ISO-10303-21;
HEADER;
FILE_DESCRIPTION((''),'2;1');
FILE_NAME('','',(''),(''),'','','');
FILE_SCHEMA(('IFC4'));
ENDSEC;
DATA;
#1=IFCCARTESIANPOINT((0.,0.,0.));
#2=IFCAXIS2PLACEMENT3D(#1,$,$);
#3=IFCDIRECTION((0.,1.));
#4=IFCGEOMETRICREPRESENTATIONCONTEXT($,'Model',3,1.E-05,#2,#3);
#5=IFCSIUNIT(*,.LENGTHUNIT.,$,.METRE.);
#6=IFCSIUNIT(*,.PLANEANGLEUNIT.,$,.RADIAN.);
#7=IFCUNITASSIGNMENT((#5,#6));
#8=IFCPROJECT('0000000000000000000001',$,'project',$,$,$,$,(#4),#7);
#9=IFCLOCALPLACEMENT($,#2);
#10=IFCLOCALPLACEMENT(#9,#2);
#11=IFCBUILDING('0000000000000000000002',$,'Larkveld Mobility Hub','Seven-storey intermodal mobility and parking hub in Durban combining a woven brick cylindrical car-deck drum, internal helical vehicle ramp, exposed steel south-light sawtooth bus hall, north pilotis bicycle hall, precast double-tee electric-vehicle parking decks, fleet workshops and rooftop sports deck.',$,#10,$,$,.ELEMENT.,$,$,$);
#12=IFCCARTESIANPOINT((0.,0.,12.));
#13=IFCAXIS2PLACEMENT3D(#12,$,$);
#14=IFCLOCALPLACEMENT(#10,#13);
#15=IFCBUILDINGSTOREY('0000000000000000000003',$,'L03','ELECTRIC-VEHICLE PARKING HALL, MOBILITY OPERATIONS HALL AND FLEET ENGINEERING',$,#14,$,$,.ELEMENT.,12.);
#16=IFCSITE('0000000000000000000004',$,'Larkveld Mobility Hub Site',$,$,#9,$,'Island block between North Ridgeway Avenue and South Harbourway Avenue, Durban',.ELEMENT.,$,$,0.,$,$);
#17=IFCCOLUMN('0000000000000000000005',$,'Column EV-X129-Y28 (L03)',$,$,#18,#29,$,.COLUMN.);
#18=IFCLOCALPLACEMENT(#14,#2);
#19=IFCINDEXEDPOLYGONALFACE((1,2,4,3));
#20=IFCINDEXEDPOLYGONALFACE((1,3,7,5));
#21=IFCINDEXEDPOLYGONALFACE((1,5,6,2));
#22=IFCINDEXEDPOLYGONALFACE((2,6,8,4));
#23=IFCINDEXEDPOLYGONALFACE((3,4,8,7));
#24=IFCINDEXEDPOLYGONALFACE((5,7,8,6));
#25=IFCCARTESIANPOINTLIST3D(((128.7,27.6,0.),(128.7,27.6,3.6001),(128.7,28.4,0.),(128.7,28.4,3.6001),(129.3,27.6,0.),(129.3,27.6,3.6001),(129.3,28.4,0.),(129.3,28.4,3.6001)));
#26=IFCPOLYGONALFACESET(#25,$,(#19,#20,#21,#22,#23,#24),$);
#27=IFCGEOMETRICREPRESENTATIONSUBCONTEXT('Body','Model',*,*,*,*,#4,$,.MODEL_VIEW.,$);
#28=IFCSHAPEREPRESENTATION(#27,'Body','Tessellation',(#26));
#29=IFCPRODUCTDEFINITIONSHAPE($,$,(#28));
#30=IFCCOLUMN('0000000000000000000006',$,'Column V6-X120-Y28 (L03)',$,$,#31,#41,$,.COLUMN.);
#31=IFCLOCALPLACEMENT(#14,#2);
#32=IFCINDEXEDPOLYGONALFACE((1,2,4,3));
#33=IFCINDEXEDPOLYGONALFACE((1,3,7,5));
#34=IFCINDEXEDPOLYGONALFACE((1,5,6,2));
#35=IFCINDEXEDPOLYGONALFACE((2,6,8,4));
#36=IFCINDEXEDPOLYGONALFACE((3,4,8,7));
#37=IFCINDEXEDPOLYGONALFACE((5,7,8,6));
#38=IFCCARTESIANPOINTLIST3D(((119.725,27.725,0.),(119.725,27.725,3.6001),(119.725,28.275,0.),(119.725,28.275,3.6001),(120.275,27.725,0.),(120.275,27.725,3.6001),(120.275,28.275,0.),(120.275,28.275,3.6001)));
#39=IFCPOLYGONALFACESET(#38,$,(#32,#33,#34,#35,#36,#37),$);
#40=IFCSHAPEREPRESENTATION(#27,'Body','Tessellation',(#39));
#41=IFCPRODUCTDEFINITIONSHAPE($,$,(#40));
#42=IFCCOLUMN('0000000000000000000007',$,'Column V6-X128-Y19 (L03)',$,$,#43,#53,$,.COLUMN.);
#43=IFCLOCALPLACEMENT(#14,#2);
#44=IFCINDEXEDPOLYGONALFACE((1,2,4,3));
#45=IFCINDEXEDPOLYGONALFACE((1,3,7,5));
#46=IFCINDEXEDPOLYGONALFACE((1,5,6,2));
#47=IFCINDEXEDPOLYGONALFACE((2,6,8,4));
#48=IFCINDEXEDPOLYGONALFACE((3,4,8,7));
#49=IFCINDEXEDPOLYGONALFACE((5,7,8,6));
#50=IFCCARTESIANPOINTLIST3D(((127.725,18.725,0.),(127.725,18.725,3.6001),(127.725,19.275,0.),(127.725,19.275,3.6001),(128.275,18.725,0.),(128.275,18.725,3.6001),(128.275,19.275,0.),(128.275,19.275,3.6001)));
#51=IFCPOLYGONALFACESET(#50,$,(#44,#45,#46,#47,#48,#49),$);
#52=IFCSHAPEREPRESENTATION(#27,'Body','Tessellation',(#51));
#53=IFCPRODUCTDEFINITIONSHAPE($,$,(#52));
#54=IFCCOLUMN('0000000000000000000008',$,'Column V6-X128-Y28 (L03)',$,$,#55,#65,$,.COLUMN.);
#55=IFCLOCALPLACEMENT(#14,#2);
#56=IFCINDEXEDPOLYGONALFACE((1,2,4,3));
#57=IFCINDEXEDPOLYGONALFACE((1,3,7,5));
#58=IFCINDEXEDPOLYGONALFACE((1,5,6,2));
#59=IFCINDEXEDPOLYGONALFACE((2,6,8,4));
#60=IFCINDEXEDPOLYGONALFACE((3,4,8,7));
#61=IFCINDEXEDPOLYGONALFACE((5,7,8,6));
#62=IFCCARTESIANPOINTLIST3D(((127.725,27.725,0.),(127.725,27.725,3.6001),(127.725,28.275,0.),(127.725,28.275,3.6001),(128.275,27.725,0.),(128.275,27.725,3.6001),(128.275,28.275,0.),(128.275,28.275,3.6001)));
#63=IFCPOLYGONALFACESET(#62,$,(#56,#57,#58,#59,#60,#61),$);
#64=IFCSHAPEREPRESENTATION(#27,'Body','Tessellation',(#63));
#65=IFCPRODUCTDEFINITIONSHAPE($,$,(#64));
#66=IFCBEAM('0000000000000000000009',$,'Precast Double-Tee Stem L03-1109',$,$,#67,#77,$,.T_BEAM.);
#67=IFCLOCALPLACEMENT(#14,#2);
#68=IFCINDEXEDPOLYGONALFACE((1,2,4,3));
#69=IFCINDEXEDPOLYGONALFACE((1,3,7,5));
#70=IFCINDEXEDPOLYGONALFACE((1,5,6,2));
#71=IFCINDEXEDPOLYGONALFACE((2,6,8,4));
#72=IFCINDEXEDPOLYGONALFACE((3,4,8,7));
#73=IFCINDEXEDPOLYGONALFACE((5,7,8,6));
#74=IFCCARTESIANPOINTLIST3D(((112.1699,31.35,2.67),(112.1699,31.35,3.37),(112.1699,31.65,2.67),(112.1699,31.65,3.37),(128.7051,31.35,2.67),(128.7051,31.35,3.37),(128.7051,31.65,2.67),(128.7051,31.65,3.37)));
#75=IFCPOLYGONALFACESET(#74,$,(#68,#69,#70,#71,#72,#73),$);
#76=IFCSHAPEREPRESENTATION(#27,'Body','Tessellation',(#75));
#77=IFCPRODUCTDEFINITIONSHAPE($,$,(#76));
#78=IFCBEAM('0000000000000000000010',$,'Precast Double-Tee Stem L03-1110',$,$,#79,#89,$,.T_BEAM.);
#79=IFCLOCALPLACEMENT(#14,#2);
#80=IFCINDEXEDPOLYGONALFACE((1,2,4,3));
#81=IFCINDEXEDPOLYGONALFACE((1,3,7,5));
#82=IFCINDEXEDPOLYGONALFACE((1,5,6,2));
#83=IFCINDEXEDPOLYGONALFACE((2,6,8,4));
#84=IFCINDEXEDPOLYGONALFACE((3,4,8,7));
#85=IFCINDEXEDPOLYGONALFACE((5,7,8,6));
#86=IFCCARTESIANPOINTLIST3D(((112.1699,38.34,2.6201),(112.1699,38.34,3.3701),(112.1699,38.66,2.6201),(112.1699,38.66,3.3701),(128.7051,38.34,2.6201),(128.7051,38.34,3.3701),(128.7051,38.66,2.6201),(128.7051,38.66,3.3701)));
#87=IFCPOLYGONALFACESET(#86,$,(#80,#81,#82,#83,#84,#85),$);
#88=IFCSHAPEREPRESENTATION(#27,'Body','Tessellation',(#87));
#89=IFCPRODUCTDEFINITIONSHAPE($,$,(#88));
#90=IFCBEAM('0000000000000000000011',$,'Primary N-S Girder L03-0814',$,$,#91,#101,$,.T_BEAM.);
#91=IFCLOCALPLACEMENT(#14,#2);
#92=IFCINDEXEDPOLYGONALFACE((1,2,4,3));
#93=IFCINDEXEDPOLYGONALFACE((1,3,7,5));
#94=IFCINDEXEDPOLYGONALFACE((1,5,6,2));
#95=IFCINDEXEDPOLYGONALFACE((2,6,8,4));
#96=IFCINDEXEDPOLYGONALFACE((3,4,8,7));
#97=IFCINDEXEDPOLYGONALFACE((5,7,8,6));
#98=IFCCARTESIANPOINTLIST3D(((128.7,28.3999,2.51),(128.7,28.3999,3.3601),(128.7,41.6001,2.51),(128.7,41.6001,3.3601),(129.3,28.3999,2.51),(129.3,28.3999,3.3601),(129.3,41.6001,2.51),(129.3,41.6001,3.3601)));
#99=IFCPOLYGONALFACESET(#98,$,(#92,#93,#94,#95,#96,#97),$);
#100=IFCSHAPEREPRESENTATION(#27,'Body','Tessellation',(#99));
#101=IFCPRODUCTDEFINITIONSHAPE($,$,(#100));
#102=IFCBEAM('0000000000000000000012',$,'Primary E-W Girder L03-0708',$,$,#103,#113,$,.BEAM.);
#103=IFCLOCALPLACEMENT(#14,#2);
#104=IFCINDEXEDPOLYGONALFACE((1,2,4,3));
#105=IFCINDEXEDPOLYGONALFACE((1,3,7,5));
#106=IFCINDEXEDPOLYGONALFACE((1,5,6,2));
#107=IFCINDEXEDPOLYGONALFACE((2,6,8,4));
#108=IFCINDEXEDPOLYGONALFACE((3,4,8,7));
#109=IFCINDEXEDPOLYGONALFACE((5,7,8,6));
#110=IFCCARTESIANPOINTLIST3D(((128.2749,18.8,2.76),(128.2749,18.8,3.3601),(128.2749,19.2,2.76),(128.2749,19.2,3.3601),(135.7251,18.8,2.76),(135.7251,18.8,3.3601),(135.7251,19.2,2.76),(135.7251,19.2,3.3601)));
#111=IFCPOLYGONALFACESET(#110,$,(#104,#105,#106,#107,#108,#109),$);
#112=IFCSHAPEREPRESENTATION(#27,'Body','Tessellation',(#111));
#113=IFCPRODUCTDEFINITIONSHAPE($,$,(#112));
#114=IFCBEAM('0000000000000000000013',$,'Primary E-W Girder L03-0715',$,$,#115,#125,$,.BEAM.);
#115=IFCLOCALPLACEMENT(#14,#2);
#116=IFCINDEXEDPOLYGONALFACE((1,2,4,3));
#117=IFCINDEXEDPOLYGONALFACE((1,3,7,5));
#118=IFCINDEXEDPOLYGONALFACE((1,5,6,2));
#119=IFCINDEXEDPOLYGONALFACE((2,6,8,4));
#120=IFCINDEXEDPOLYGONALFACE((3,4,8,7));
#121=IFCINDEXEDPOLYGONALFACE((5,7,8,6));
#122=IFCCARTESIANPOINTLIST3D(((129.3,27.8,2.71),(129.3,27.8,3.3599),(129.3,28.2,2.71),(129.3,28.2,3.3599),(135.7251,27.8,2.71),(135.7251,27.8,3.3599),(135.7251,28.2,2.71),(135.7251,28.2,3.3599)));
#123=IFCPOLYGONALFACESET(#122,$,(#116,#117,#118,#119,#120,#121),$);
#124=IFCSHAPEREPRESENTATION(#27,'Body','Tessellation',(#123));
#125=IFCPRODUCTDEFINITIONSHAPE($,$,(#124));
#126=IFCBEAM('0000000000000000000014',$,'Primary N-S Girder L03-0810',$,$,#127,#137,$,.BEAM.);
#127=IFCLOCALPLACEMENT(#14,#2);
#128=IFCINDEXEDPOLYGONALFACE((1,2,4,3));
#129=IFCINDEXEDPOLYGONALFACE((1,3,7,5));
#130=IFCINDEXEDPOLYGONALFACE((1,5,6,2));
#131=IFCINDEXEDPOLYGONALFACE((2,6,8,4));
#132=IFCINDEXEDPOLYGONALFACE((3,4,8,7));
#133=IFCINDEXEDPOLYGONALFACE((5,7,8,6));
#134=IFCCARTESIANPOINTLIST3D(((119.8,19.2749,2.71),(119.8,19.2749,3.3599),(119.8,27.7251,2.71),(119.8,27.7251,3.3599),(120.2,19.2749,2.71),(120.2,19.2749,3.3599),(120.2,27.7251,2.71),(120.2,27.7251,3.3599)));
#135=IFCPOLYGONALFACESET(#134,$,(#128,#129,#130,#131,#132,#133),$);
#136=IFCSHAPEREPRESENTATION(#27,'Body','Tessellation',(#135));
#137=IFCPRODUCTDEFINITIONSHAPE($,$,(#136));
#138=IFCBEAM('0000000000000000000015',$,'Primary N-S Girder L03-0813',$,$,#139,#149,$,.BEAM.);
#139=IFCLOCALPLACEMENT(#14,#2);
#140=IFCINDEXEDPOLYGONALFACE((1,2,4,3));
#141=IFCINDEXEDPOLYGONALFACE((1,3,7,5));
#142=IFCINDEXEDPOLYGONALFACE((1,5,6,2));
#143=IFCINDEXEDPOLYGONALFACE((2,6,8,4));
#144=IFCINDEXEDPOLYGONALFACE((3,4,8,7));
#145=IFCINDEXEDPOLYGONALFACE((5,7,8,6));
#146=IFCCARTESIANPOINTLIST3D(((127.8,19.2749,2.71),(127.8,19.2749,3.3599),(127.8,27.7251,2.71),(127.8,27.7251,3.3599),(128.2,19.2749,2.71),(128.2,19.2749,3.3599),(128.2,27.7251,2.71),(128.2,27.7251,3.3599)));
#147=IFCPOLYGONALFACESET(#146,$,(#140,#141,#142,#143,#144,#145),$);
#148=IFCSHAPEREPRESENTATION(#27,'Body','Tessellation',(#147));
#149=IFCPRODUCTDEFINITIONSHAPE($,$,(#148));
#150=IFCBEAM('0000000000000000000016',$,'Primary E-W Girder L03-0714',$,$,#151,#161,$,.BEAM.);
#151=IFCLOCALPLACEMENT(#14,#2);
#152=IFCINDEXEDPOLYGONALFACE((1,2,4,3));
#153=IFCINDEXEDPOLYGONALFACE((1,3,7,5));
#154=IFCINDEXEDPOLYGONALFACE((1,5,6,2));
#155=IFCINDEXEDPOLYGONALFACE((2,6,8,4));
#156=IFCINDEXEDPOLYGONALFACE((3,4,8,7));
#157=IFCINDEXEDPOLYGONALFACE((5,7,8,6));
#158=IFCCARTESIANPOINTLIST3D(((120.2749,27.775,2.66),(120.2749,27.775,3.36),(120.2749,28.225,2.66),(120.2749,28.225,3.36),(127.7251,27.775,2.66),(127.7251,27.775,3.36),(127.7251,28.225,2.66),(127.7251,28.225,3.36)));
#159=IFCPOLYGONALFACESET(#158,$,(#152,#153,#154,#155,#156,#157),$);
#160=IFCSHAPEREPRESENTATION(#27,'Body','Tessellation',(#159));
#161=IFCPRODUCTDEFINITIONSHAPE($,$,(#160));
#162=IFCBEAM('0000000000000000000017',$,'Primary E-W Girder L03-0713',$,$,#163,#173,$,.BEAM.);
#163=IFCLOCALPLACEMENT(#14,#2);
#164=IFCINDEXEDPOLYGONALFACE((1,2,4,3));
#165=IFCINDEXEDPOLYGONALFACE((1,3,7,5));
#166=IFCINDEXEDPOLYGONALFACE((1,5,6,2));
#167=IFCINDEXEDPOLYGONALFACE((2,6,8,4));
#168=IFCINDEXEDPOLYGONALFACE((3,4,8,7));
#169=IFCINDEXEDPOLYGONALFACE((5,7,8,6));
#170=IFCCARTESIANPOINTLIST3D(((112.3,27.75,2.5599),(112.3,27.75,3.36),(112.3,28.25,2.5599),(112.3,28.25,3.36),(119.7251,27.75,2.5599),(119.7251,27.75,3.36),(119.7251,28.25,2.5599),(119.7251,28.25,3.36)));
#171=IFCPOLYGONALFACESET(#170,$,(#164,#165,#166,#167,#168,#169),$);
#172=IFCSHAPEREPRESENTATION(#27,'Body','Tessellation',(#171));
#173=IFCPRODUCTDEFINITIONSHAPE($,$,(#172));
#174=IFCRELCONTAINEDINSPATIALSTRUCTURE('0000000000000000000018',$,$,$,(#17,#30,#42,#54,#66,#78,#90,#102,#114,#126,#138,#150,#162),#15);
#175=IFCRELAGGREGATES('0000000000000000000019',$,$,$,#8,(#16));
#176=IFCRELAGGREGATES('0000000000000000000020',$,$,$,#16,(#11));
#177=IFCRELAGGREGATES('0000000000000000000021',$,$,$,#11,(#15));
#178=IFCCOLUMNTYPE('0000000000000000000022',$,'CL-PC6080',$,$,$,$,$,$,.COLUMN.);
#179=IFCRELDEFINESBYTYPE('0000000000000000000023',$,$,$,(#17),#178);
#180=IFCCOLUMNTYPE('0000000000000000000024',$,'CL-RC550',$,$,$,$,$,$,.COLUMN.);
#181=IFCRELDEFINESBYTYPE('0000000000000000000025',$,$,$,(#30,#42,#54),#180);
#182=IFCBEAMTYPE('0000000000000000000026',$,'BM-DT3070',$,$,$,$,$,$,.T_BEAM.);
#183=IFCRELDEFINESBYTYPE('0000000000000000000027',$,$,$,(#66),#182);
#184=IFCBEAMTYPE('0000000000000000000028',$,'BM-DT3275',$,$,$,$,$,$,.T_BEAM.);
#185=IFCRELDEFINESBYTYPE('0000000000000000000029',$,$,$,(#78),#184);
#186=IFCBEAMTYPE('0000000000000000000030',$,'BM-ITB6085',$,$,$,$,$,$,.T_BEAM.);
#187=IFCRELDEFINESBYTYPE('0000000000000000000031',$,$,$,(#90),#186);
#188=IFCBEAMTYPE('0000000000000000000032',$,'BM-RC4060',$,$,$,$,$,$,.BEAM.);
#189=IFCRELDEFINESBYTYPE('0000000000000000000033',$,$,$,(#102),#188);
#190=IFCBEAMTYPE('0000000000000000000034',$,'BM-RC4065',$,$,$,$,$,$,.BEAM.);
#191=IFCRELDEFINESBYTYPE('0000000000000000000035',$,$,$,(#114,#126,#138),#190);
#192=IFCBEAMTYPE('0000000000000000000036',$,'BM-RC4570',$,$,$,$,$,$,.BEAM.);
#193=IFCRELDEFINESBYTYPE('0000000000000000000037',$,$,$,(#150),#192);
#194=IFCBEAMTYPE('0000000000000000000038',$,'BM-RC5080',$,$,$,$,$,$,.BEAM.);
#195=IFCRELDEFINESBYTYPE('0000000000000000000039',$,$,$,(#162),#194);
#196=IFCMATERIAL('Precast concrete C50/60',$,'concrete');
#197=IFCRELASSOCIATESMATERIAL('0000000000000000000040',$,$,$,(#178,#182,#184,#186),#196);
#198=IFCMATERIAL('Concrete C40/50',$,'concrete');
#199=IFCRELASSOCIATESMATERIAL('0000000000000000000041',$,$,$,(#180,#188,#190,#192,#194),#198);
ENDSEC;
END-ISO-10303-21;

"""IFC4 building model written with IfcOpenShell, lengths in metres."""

from ifc_helpers import new_model, si_unit, direction, frame, origin, origin_2d, place, context, subcontext, project, spatial, rectangle, extrude, material, material_profile, profile_set, type_object, element, save


model = new_model("IFC4")

# Units and contexts
model_context = context("Model", 3, precision=1e-05, world=origin(), true_north=direction((0.0, 1.0)))
body_context = subcontext(model_context, "Body", "Model", "MODEL_VIEW")
ifc_project = project(units=[si_unit("LENGTHUNIT", "METRE"), si_unit("PLANEANGLEUNIT", "RADIAN")], contexts=[model_context])

# Site, building, storey
site_placement = place(None, origin())
site = spatial("IfcSite", under=ifc_project, at=site_placement, Name="Larkveld Mobility Hub Site", LongName="Island block between North Ridgeway Avenue and South Harbourway Avenue, Durban", CompositionType="ELEMENT", RefElevation=0.0)
building_placement = place(site_placement, origin())
building = spatial("IfcBuilding", under=site, at=building_placement, Name="Larkveld Mobility Hub", Description="Seven-storey intermodal mobility and parking hub in Durban combining a woven brick cylindrical car-deck drum, internal helical vehicle ramp, exposed steel south-light sawtooth bus hall, north pilotis bicycle hall, precast double-tee electric-vehicle parking decks, fleet workshops and rooftop sports deck.", CompositionType="ELEMENT")
storey_placement = place(building_placement, frame((0.0, 0.0, 12.0)))
storey = spatial("IfcBuildingStorey", under=building, at=storey_placement, Name="L03", Description="ELECTRIC-VEHICLE PARKING HALL, MOBILITY OPERATIONS HALL AND FLEET ENGINEERING", CompositionType="ELEMENT", Elevation=12.0)

# Columns
ifc_material_1 = material(Name="Precast concrete C50/60", Category="concrete")
ifc_material_profile_1 = material_profile(ifc_material_1, rectangle(XDim=0.6001, YDim=0.8, at=origin_2d()), Name="RC COL 600x800")
ifc_profile_set_1 = profile_set([ifc_material_profile_1], Name="Precast concrete C50/60")
column_type_1 = type_object("IfcColumnType", Name="CL-PC6080", PredefinedType="COLUMN", material=ifc_profile_set_1)
column_placement = place(storey_placement, frame((129.0, 28.0, 0.0), z_axis=(0.0, 0.0, 1.0), x_axis=(1.0, 0.0, 0.0)))
element("IfcColumn", 1, at=column_placement, inside=storey, type_object=column_type_1, Name="Column EV-X129-Y28 (L03)", PredefinedType="COLUMN", context=body_context, shape_type="SweptSolid", body=[
    extrude(rectangle(XDim=0.6001, YDim=0.8, at=origin_2d()), origin(), (0.0, 0.0, 1.0), 3.6001),
])
ifc_material_2 = material(Name="Concrete C40/50", Category="concrete")
ifc_material_profile_2 = material_profile(ifc_material_2, rectangle(XDim=0.55, YDim=0.55, at=origin_2d()), Name="RC COL 550x550")
ifc_profile_set_2 = profile_set([ifc_material_profile_2], Name="Concrete C40/50")
column_type_2 = type_object("IfcColumnType", Name="CL-RC550", PredefinedType="COLUMN", material=ifc_profile_set_2)
for number, where, z_axis, x_axis, name in (
    (2, (120.0, 28.0, 0.0), (0.0, 0.0, 1.0), (1.0, 0.0, 0.0), "Column V6-X120-Y28 (L03)"),
    (3, (128.0, 19.0, 0.0), (0.0, 0.0, 1.0), (1.0, 0.0, 0.0), "Column V6-X128-Y19 (L03)"),
    (4, (128.0, 28.0, 0.0), (0.0, 0.0, 1.0), (1.0, 0.0, 0.0), "Column V6-X128-Y28 (L03)"),
):
    element("IfcColumn", number, at=place(storey_placement, frame(where, z_axis=z_axis, x_axis=x_axis)), inside=storey, type_object=column_type_2, Name=name, PredefinedType="COLUMN", context=body_context, shape_type="SweptSolid", body=[
        extrude(rectangle(XDim=0.55, YDim=0.55, at=origin_2d()), origin(), (0.0, 0.0, 1.0), 3.6001),
    ])

# Beams
ifc_material_profile_3 = material_profile(ifc_material_1, rectangle(XDim=0.3, YDim=0.7, at=origin_2d()), Name="PC DT 300x700")
ifc_profile_set_3 = profile_set([ifc_material_profile_3], Name="Precast concrete C50/60")
beam_type_1 = type_object("IfcBeamType", Name="BM-DT3070", PredefinedType="T_BEAM", material=ifc_profile_set_3)
beam_1_placement = place(storey_placement, frame((112.1699, 31.5, 3.02), z_axis=(1.0, 0.0, 0.0), x_axis=(0.0, 1.0, 0.0)))
element("IfcBeam", 5, at=beam_1_placement, inside=storey, type_object=beam_type_1, Name="Precast Double-Tee Stem L03-1109", PredefinedType="T_BEAM", context=body_context, shape_type="SweptSolid", body=[
    extrude(rectangle(XDim=0.3, YDim=0.7, at=origin_2d()), origin(), (0.0, 0.0, 1.0), 16.5352),
])
ifc_material_profile_4 = material_profile(ifc_material_1, rectangle(XDim=0.3201, YDim=0.75, at=origin_2d()), Name="PC DT 320x750")
ifc_profile_set_4 = profile_set([ifc_material_profile_4], Name="Precast concrete C50/60")
beam_type_2 = type_object("IfcBeamType", Name="BM-DT3275", PredefinedType="T_BEAM", material=ifc_profile_set_4)
beam_2_placement = place(storey_placement, frame((112.1699, 38.5, 2.9951), z_axis=(1.0, 0.0, 0.0), x_axis=(0.0, 1.0, 0.0)))
element("IfcBeam", 6, at=beam_2_placement, inside=storey, type_object=beam_type_2, Name="Precast Double-Tee Stem L03-1110", PredefinedType="T_BEAM", context=body_context, shape_type="SweptSolid", body=[
    extrude(rectangle(XDim=0.3201, YDim=0.75, at=origin_2d()), origin(), (0.0, 0.0, 1.0), 16.5352),
])
ifc_material_profile_5 = material_profile(ifc_material_1, rectangle(XDim=0.6001, YDim=0.8501, at=origin_2d()), Name="PC ITB 600x850")
ifc_profile_set_5 = profile_set([ifc_material_profile_5], Name="Precast concrete C50/60")
beam_type_3 = type_object("IfcBeamType", Name="BM-ITB6085", PredefinedType="T_BEAM", material=ifc_profile_set_5)
beam_3_placement = place(storey_placement, frame((129.0, 28.3999, 2.9351), z_axis=(0.0, 1.0, 0.0), x_axis=(-1.0, 0.0, 0.0)))
element("IfcBeam", 7, at=beam_3_placement, inside=storey, type_object=beam_type_3, Name="Primary N-S Girder L03-0814", PredefinedType="T_BEAM", context=body_context, shape_type="SweptSolid", body=[
    extrude(rectangle(XDim=0.6001, YDim=0.8501, at=origin_2d()), origin(), (0.0, 0.0, 1.0), 13.2002),
])
ifc_material_profile_6 = material_profile(ifc_material_2, rectangle(XDim=0.3999, YDim=0.6001, at=origin_2d()), Name="RC BM 400x600")
ifc_profile_set_6 = profile_set([ifc_material_profile_6], Name="Concrete C40/50")
beam_type_4 = type_object("IfcBeamType", Name="BM-RC4060", PredefinedType="BEAM", material=ifc_profile_set_6)
beam_4_placement = place(storey_placement, frame((128.2749, 19.0, 3.0601), z_axis=(1.0, 0.0, 0.0), x_axis=(0.0, 1.0, 0.0)))
element("IfcBeam", 8, at=beam_4_placement, inside=storey, type_object=beam_type_4, Name="Primary E-W Girder L03-0708", PredefinedType="BEAM", context=body_context, shape_type="SweptSolid", body=[
    extrude(rectangle(XDim=0.3999, YDim=0.6001, at=origin_2d()), origin(), (0.0, 0.0, 1.0), 7.4502),
])
ifc_material_profile_7 = material_profile(ifc_material_2, rectangle(XDim=0.3999, YDim=0.6499, at=origin_2d()), Name="RC BM 400x650")
ifc_profile_set_7 = profile_set([ifc_material_profile_7], Name="Concrete C40/50")
beam_type_5 = type_object("IfcBeamType", Name="BM-RC4065", PredefinedType="BEAM", material=ifc_profile_set_7)
beam_5_placement = place(storey_placement, frame((129.3, 28.0, 3.0349), z_axis=(1.0, 0.0, 0.0), x_axis=(0.0, 1.0, 0.0)))
element("IfcBeam", 9, at=beam_5_placement, inside=storey, type_object=beam_type_5, Name="Primary E-W Girder L03-0715", PredefinedType="BEAM", context=body_context, shape_type="SweptSolid", body=[
    extrude(rectangle(XDim=0.3999, YDim=0.6499, at=origin_2d()), origin(), (0.0, 0.0, 1.0), 6.425),
])
for number, where, z_axis, x_axis, name in (
    (10, (120.0, 19.2749, 3.0349), (0.0, 1.0, 0.0), (-1.0, 0.0, 0.0), "Primary N-S Girder L03-0810"),
    (11, (128.0, 19.2749, 3.0349), (0.0, 1.0, 0.0), (-1.0, 0.0, 0.0), "Primary N-S Girder L03-0813"),
):
    element("IfcBeam", number, at=place(storey_placement, frame(where, z_axis=z_axis, x_axis=x_axis)), inside=storey, type_object=beam_type_5, Name=name, PredefinedType="BEAM", context=body_context, shape_type="SweptSolid", body=[
        extrude(rectangle(XDim=0.3999, YDim=0.6499, at=origin_2d()), origin(), (0.0, 0.0, 1.0), 8.4502),
    ])
ifc_material_profile_8 = material_profile(ifc_material_2, rectangle(XDim=0.45, YDim=0.7, at=origin_2d()), Name="RC BM 450x700")
ifc_profile_set_8 = profile_set([ifc_material_profile_8], Name="Concrete C40/50")
beam_type_6 = type_object("IfcBeamType", Name="BM-RC4570", PredefinedType="BEAM", material=ifc_profile_set_8)
beam_6_placement = place(storey_placement, frame((120.2749, 28.0, 3.01), z_axis=(1.0, 0.0, 0.0), x_axis=(0.0, 1.0, 0.0)))
element("IfcBeam", 12, at=beam_6_placement, inside=storey, type_object=beam_type_6, Name="Primary E-W Girder L03-0714", PredefinedType="BEAM", context=body_context, shape_type="SweptSolid", body=[
    extrude(rectangle(XDim=0.45, YDim=0.7, at=origin_2d()), origin(), (0.0, 0.0, 1.0), 7.4502),
])
ifc_material_profile_9 = material_profile(ifc_material_2, rectangle(XDim=0.5, YDim=0.8, at=origin_2d()), Name="RC BM 500x800")
ifc_profile_set_9 = profile_set([ifc_material_profile_9], Name="Concrete C40/50")
beam_type_7 = type_object("IfcBeamType", Name="BM-RC5080", PredefinedType="BEAM", material=ifc_profile_set_9)
beam_7_placement = place(storey_placement, frame((112.3, 28.0, 2.96), z_axis=(1.0, 0.0, 0.0), x_axis=(0.0, 1.0, 0.0)))
element("IfcBeam", 13, at=beam_7_placement, inside=storey, type_object=beam_type_7, Name="Primary E-W Girder L03-0713", PredefinedType="BEAM", context=body_context, shape_type="SweptSolid", body=[
    extrude(rectangle(XDim=0.5, YDim=0.8, at=origin_2d()), origin(), (0.0, 0.0, 1.0), 7.425),
])

save(model, "model.ifc")
